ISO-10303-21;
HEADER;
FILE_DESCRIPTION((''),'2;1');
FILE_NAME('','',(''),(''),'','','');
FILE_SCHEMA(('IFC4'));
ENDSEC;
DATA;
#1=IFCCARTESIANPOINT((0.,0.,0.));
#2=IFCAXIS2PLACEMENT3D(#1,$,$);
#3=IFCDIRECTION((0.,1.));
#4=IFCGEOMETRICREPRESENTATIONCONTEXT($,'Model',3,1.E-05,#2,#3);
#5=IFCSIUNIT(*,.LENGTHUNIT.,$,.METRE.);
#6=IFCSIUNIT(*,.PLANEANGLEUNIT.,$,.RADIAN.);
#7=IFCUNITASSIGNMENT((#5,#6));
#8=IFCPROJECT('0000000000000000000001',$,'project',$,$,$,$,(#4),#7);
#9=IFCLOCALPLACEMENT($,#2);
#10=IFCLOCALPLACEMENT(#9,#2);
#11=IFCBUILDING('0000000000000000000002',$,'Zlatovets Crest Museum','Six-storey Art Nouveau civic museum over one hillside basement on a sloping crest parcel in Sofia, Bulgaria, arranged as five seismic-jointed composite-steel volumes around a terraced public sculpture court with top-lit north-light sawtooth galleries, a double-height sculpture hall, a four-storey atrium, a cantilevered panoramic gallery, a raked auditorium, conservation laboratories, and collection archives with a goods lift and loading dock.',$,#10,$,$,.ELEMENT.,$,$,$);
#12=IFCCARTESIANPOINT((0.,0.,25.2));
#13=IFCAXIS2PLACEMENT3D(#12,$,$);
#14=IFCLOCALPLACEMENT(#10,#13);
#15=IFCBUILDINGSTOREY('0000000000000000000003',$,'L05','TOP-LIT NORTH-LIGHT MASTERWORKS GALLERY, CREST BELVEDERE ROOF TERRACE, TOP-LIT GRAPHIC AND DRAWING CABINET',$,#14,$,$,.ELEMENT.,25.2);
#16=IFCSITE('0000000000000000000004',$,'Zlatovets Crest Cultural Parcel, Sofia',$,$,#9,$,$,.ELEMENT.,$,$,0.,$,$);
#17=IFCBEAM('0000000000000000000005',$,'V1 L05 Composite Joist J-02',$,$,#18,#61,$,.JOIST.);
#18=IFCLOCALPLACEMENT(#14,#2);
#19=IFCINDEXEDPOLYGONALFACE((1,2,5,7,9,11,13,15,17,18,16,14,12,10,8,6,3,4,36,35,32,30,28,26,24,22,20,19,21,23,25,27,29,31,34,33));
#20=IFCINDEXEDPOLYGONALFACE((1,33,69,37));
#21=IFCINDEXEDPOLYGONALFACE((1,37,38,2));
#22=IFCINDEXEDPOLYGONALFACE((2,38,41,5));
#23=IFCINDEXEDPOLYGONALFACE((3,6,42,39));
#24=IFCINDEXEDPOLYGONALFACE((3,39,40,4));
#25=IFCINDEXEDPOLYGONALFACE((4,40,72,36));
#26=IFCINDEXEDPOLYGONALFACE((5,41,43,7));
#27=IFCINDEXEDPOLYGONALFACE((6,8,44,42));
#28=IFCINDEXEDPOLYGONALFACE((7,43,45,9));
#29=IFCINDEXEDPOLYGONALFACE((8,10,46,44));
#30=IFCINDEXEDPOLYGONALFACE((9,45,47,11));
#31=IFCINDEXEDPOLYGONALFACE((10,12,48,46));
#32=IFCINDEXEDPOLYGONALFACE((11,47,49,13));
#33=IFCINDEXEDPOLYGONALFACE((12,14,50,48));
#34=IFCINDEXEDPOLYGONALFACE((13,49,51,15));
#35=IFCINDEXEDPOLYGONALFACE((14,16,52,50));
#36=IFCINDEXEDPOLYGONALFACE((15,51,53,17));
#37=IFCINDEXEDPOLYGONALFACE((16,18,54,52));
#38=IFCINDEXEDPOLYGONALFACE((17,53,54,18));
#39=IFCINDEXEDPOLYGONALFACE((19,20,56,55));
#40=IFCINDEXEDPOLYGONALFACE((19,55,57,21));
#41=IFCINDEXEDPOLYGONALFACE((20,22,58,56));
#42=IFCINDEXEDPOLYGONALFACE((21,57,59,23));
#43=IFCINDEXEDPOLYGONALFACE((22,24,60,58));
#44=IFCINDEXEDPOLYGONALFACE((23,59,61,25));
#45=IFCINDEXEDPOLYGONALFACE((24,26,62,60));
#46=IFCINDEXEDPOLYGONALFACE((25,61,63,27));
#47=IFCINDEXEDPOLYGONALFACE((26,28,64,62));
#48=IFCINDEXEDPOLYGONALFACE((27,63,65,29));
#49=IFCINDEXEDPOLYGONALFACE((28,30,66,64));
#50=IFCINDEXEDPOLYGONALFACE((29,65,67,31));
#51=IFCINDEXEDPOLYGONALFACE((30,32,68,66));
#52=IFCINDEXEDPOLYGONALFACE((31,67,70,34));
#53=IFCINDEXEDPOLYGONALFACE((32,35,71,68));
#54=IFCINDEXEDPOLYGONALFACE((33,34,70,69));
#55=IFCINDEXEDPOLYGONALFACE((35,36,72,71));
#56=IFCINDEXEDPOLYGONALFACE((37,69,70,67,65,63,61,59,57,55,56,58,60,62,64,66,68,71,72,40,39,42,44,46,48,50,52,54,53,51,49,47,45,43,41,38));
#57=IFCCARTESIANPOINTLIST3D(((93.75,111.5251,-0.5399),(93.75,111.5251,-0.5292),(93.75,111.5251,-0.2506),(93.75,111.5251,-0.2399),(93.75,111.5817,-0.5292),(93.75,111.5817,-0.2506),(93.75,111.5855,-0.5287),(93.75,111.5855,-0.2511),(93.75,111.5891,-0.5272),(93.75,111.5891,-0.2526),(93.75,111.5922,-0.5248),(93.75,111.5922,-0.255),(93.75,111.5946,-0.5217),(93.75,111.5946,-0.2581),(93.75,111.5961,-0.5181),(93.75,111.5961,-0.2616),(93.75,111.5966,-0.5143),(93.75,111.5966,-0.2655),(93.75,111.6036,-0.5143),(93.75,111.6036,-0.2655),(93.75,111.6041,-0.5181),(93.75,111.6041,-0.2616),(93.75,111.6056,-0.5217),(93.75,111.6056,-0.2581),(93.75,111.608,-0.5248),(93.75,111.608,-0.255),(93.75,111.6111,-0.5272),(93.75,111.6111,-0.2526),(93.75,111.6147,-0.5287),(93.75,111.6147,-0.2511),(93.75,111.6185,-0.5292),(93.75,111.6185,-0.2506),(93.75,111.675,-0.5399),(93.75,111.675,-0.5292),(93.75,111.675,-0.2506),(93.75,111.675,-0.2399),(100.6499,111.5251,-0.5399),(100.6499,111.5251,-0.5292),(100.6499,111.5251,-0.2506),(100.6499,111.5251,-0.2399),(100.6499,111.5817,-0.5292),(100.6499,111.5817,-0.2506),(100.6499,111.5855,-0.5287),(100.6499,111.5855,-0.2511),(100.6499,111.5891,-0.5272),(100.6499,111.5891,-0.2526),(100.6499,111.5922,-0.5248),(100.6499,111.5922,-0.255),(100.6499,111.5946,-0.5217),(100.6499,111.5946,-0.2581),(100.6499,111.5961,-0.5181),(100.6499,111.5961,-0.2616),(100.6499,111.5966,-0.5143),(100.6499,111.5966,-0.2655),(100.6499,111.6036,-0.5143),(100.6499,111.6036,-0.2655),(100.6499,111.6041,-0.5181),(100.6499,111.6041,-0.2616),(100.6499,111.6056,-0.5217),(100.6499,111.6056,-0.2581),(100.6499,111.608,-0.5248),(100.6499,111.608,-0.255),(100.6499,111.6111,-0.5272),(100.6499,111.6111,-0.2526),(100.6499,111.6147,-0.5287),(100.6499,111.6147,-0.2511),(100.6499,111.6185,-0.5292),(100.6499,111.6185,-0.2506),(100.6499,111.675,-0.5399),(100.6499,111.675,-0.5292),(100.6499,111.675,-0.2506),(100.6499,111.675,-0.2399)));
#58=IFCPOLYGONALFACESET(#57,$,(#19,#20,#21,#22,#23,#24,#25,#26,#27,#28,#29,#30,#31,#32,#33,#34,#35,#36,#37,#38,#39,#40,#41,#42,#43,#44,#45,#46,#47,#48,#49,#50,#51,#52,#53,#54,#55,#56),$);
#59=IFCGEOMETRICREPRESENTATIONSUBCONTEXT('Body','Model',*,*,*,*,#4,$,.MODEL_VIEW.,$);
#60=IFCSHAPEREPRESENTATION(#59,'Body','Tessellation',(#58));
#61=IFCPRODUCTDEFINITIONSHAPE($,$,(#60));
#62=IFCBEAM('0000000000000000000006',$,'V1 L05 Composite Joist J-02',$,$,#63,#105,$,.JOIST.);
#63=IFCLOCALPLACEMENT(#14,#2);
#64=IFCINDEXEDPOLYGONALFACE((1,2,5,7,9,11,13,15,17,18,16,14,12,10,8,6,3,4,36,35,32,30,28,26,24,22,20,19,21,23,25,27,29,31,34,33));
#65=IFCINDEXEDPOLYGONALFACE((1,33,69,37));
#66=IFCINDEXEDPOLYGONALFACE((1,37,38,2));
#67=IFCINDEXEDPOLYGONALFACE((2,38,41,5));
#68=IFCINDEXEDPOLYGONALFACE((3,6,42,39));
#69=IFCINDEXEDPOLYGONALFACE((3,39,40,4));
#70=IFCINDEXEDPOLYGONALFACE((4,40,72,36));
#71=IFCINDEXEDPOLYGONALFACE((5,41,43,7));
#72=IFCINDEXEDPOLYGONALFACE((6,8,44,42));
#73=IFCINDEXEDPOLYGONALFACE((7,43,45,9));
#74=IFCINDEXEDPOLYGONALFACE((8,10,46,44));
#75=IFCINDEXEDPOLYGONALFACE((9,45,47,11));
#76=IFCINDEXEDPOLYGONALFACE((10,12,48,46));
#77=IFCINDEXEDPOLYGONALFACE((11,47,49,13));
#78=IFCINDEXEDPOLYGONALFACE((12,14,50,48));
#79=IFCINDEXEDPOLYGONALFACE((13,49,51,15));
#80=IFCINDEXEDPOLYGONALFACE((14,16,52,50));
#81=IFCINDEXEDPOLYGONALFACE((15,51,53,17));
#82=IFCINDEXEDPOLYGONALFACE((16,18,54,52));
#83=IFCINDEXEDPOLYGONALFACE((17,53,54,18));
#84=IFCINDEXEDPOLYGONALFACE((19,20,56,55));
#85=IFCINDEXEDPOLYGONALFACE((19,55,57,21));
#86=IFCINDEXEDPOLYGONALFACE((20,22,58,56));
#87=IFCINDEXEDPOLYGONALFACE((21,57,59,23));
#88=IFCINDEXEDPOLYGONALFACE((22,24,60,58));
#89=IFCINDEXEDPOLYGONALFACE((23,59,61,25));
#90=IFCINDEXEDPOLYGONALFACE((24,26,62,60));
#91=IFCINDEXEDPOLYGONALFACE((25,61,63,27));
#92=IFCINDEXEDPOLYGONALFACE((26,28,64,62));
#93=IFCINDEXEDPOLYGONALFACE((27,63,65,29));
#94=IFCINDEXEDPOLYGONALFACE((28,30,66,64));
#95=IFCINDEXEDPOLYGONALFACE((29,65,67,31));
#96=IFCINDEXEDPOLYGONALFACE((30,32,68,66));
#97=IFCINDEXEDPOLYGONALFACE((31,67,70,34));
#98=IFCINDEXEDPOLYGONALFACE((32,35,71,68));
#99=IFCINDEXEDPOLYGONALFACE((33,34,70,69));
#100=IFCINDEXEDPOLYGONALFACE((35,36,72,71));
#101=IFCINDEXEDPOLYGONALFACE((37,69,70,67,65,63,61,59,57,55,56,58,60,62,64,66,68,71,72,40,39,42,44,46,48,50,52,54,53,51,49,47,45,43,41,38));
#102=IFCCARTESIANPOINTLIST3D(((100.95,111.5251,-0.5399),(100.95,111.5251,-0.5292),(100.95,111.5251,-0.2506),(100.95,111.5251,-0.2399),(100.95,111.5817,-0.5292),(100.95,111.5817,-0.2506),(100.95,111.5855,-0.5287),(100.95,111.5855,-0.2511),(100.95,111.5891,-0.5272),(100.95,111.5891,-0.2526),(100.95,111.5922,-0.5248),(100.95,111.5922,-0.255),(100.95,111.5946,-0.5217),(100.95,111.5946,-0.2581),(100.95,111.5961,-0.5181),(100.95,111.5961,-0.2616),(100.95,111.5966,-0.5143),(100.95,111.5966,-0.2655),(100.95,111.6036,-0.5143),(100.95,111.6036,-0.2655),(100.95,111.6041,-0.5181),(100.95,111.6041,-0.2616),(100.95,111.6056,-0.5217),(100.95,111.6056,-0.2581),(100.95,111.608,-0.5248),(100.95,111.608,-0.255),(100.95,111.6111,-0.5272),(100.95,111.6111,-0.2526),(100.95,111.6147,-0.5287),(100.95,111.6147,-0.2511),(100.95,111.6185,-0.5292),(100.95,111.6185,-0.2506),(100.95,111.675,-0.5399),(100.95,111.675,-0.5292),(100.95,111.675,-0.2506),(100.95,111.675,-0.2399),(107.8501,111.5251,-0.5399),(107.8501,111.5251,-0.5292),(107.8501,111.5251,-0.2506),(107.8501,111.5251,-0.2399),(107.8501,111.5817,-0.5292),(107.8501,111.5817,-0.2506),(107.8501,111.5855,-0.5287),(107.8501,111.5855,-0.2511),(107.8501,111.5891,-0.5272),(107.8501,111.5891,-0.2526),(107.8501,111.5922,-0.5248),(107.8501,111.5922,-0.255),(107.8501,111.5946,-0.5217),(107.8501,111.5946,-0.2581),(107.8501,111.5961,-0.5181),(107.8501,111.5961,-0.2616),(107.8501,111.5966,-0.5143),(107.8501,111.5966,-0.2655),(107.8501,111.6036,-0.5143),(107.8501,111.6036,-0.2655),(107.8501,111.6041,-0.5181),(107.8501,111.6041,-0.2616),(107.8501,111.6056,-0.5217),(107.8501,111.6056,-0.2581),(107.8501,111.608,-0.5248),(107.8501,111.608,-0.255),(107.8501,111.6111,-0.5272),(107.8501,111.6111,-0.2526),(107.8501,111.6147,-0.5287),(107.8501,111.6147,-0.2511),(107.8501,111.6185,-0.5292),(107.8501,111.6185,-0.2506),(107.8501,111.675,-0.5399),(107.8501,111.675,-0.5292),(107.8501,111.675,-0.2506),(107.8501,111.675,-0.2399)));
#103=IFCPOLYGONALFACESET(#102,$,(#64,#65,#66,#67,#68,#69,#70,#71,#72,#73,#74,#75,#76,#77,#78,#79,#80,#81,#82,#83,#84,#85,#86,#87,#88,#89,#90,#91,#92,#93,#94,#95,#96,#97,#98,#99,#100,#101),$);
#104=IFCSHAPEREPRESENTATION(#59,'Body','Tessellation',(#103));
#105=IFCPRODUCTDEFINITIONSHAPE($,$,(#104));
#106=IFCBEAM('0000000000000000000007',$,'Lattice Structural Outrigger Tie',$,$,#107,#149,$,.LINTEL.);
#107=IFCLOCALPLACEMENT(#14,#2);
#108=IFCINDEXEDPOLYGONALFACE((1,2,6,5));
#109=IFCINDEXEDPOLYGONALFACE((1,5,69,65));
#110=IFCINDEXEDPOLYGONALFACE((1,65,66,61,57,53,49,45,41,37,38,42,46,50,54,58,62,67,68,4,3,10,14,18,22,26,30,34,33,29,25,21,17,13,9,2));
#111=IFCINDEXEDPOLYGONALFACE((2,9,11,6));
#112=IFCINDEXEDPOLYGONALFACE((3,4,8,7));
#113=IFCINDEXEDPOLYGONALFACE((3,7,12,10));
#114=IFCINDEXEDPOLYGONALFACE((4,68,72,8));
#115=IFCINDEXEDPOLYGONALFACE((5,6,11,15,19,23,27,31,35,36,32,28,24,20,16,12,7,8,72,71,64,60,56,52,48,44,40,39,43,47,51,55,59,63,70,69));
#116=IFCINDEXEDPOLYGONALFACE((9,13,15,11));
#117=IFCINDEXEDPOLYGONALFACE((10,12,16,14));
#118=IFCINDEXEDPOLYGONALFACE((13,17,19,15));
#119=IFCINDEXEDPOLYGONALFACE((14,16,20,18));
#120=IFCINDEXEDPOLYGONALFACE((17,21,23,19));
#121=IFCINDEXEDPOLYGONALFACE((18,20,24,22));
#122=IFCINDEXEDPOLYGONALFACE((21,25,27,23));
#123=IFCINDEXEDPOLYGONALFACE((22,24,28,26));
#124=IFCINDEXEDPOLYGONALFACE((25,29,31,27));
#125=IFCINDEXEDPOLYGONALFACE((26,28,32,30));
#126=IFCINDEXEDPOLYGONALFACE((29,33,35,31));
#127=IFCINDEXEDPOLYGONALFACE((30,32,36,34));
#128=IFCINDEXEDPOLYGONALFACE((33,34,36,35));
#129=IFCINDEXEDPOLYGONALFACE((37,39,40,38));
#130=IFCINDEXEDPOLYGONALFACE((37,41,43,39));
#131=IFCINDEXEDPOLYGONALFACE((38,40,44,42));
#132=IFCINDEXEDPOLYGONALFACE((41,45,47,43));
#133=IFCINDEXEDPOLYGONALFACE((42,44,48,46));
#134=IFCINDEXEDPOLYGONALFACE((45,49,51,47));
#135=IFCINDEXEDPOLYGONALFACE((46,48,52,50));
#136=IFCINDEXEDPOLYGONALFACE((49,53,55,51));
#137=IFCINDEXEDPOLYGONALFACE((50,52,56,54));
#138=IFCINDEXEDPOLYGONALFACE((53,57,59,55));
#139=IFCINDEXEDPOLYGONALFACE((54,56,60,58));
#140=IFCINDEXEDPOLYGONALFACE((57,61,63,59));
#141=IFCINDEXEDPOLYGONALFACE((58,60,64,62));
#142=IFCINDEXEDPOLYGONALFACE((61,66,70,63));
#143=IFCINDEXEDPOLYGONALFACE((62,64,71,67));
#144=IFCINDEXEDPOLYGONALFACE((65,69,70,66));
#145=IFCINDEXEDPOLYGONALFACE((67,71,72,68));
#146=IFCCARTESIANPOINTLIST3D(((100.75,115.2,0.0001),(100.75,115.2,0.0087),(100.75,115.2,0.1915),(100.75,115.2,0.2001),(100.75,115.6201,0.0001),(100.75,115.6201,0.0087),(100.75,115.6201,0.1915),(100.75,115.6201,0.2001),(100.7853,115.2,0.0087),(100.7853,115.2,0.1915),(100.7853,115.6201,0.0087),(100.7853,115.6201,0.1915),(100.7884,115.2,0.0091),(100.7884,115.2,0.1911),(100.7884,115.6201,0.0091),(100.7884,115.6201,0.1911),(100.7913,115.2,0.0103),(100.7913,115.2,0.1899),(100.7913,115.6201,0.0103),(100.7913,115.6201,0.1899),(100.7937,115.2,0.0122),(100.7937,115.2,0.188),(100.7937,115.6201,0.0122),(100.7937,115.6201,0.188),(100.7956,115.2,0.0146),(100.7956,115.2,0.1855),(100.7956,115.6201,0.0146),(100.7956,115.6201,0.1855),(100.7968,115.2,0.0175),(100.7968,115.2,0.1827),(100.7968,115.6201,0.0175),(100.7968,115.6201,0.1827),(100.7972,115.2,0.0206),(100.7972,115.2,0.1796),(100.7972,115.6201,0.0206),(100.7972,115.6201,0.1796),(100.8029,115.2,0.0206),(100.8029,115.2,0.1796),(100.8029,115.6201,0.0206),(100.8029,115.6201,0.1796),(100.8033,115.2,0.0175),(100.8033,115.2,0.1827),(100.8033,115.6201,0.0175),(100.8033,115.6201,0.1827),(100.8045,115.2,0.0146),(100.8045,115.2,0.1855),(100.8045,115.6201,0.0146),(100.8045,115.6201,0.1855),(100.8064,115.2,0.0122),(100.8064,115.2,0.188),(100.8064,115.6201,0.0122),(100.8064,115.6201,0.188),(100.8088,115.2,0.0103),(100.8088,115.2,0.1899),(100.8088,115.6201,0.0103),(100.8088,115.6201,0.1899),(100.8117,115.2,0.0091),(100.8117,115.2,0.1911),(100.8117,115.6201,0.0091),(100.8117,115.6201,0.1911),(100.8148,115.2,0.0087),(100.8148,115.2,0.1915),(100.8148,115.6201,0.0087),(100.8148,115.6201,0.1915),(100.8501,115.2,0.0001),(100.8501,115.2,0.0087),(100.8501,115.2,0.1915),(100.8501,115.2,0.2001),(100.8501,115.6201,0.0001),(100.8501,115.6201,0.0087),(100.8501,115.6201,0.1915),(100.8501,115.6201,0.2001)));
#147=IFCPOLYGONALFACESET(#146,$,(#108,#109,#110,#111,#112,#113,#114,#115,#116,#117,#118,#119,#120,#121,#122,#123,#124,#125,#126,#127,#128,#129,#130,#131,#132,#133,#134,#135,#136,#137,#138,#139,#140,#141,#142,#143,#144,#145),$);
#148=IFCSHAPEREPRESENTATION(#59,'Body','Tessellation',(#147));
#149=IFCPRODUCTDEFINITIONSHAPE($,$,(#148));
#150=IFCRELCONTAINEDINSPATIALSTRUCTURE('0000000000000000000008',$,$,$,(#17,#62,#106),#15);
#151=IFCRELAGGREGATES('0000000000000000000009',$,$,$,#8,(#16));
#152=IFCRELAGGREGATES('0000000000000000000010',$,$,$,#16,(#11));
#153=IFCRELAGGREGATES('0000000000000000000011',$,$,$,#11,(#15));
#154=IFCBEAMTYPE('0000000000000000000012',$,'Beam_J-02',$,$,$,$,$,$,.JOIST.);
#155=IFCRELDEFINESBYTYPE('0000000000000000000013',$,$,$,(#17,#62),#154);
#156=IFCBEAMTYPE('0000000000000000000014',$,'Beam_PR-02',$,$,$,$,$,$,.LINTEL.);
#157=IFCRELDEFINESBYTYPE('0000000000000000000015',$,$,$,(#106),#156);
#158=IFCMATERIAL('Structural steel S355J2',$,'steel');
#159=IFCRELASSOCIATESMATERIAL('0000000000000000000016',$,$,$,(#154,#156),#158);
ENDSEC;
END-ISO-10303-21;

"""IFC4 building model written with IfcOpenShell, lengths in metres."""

from ifc_helpers import new_model, si_unit, direction, frame, origin, origin_2d, place, context, subcontext, project, spatial, i_section, extrude, material, material_profile, profile_set, type_object, element, save


model = new_model("IFC4")

# Units and contexts
model_context = context("Model", 3, precision=1e-05, world=origin(), true_north=direction((0.0, 1.0)))
body_context = subcontext(model_context, "Body", "Model", "MODEL_VIEW")
ifc_project = project(units=[si_unit("LENGTHUNIT", "METRE"), si_unit("PLANEANGLEUNIT", "RADIAN")], contexts=[model_context])

# Site, building, storey
site_placement = place(None, origin())
site = spatial("IfcSite", under=ifc_project, at=site_placement, Name="Zlatovets Crest Cultural Parcel, Sofia", CompositionType="ELEMENT", RefElevation=0.0)
building_placement = place(site_placement, origin())
building = spatial("IfcBuilding", under=site, at=building_placement, Name="Zlatovets Crest Museum", Description="Six-storey Art Nouveau civic museum over one hillside basement on a sloping crest parcel in Sofia, Bulgaria, arranged as five seismic-jointed composite-steel volumes around a terraced public sculpture court with top-lit north-light sawtooth galleries, a double-height sculpture hall, a four-storey atrium, a cantilevered panoramic gallery, a raked auditorium, conservation laboratories, and collection archives with a goods lift and loading dock.", CompositionType="ELEMENT")
storey_placement = place(building_placement, frame((0.0, 0.0, 25.2)))
storey = spatial("IfcBuildingStorey", under=building, at=storey_placement, Name="L05", Description="TOP-LIT NORTH-LIGHT MASTERWORKS GALLERY, CREST BELVEDERE ROOF TERRACE, TOP-LIT GRAPHIC AND DRAWING CABINET", CompositionType="ELEMENT", Elevation=25.2)

# Shared definitions
ifc_material_1 = material(Name="Structural steel S355J2", Category="steel")

# Beams
ifc_material_profile_1 = material_profile(ifc_material_1, i_section(OverallWidth=0.1499, OverallDepth=0.3, WebThickness=0.0071, FlangeThickness=0.0107, FilletRadius=0.0149, at=origin_2d()), Name="IPE 300")
ifc_profile_set_1 = profile_set([ifc_material_profile_1], Name="Structural steel S355J2")
beam_type_1 = type_object("IfcBeamType", Name="Beam_J-02", PredefinedType="JOIST", material=ifc_profile_set_1)
beam_1_placement = place(storey_placement, frame((93.75, 111.6001, -0.3899), z_axis=(1.0, 0.0, 0.0), x_axis=(0.0, 1.0, 0.0)))
element("IfcBeam", 1, at=beam_1_placement, inside=storey, type_object=beam_type_1, Name="V1 L05 Composite Joist J-02", PredefinedType="JOIST", context=body_context, shape_type="SweptSolid", body=[
    extrude(i_section(OverallWidth=0.1499, OverallDepth=0.3, WebThickness=0.0071, FlangeThickness=0.0107, FilletRadius=0.0149, at=origin_2d()), origin(), (0.0, 0.0, 1.0), 6.8999),
])
beam_2_placement = place(storey_placement, frame((100.95, 111.6001, -0.3899), z_axis=(1.0, 0.0, 0.0), x_axis=(0.0, 1.0, 0.0)))
element("IfcBeam", 2, at=beam_2_placement, inside=storey, type_object=beam_type_1, Name="V1 L05 Composite Joist J-02", PredefinedType="JOIST", context=body_context, shape_type="SweptSolid", body=[
    extrude(i_section(OverallWidth=0.1499, OverallDepth=0.3, WebThickness=0.0071, FlangeThickness=0.0107, FilletRadius=0.0149, at=origin_2d()), origin(), (0.0, 0.0, 1.0), 6.9001),
])
ifc_material_profile_2 = material_profile(ifc_material_1, i_section(OverallWidth=0.1001, OverallDepth=0.2, WebThickness=0.0056, FlangeThickness=0.0085, FilletRadius=0.012, at=origin_2d()), Name="IPE 200")
ifc_profile_set_2 = profile_set([ifc_material_profile_2], Name="Structural steel S355J2")
beam_type_2 = type_object("IfcBeamType", Name="Beam_PR-02", PredefinedType="LINTEL", material=ifc_profile_set_2)
beam_3_placement = place(storey_placement, frame((100.8, 115.2, 0.1001), z_axis=(0.0, 1.0, 0.0), x_axis=(-1.0, 0.0, 0.0)))
element("IfcBeam", 3, at=beam_3_placement, inside=storey, type_object=beam_type_2, Name="Lattice Structural Outrigger Tie", PredefinedType="LINTEL", context=body_context, shape_type="SweptSolid", body=[
    extrude(i_section(OverallWidth=0.1001, OverallDepth=0.2, WebThickness=0.0056, FlangeThickness=0.0085, FilletRadius=0.012, at=origin_2d()), origin(), (0.0, 0.0, 1.0), 0.4202),
])

save(model, "model.ifc")
